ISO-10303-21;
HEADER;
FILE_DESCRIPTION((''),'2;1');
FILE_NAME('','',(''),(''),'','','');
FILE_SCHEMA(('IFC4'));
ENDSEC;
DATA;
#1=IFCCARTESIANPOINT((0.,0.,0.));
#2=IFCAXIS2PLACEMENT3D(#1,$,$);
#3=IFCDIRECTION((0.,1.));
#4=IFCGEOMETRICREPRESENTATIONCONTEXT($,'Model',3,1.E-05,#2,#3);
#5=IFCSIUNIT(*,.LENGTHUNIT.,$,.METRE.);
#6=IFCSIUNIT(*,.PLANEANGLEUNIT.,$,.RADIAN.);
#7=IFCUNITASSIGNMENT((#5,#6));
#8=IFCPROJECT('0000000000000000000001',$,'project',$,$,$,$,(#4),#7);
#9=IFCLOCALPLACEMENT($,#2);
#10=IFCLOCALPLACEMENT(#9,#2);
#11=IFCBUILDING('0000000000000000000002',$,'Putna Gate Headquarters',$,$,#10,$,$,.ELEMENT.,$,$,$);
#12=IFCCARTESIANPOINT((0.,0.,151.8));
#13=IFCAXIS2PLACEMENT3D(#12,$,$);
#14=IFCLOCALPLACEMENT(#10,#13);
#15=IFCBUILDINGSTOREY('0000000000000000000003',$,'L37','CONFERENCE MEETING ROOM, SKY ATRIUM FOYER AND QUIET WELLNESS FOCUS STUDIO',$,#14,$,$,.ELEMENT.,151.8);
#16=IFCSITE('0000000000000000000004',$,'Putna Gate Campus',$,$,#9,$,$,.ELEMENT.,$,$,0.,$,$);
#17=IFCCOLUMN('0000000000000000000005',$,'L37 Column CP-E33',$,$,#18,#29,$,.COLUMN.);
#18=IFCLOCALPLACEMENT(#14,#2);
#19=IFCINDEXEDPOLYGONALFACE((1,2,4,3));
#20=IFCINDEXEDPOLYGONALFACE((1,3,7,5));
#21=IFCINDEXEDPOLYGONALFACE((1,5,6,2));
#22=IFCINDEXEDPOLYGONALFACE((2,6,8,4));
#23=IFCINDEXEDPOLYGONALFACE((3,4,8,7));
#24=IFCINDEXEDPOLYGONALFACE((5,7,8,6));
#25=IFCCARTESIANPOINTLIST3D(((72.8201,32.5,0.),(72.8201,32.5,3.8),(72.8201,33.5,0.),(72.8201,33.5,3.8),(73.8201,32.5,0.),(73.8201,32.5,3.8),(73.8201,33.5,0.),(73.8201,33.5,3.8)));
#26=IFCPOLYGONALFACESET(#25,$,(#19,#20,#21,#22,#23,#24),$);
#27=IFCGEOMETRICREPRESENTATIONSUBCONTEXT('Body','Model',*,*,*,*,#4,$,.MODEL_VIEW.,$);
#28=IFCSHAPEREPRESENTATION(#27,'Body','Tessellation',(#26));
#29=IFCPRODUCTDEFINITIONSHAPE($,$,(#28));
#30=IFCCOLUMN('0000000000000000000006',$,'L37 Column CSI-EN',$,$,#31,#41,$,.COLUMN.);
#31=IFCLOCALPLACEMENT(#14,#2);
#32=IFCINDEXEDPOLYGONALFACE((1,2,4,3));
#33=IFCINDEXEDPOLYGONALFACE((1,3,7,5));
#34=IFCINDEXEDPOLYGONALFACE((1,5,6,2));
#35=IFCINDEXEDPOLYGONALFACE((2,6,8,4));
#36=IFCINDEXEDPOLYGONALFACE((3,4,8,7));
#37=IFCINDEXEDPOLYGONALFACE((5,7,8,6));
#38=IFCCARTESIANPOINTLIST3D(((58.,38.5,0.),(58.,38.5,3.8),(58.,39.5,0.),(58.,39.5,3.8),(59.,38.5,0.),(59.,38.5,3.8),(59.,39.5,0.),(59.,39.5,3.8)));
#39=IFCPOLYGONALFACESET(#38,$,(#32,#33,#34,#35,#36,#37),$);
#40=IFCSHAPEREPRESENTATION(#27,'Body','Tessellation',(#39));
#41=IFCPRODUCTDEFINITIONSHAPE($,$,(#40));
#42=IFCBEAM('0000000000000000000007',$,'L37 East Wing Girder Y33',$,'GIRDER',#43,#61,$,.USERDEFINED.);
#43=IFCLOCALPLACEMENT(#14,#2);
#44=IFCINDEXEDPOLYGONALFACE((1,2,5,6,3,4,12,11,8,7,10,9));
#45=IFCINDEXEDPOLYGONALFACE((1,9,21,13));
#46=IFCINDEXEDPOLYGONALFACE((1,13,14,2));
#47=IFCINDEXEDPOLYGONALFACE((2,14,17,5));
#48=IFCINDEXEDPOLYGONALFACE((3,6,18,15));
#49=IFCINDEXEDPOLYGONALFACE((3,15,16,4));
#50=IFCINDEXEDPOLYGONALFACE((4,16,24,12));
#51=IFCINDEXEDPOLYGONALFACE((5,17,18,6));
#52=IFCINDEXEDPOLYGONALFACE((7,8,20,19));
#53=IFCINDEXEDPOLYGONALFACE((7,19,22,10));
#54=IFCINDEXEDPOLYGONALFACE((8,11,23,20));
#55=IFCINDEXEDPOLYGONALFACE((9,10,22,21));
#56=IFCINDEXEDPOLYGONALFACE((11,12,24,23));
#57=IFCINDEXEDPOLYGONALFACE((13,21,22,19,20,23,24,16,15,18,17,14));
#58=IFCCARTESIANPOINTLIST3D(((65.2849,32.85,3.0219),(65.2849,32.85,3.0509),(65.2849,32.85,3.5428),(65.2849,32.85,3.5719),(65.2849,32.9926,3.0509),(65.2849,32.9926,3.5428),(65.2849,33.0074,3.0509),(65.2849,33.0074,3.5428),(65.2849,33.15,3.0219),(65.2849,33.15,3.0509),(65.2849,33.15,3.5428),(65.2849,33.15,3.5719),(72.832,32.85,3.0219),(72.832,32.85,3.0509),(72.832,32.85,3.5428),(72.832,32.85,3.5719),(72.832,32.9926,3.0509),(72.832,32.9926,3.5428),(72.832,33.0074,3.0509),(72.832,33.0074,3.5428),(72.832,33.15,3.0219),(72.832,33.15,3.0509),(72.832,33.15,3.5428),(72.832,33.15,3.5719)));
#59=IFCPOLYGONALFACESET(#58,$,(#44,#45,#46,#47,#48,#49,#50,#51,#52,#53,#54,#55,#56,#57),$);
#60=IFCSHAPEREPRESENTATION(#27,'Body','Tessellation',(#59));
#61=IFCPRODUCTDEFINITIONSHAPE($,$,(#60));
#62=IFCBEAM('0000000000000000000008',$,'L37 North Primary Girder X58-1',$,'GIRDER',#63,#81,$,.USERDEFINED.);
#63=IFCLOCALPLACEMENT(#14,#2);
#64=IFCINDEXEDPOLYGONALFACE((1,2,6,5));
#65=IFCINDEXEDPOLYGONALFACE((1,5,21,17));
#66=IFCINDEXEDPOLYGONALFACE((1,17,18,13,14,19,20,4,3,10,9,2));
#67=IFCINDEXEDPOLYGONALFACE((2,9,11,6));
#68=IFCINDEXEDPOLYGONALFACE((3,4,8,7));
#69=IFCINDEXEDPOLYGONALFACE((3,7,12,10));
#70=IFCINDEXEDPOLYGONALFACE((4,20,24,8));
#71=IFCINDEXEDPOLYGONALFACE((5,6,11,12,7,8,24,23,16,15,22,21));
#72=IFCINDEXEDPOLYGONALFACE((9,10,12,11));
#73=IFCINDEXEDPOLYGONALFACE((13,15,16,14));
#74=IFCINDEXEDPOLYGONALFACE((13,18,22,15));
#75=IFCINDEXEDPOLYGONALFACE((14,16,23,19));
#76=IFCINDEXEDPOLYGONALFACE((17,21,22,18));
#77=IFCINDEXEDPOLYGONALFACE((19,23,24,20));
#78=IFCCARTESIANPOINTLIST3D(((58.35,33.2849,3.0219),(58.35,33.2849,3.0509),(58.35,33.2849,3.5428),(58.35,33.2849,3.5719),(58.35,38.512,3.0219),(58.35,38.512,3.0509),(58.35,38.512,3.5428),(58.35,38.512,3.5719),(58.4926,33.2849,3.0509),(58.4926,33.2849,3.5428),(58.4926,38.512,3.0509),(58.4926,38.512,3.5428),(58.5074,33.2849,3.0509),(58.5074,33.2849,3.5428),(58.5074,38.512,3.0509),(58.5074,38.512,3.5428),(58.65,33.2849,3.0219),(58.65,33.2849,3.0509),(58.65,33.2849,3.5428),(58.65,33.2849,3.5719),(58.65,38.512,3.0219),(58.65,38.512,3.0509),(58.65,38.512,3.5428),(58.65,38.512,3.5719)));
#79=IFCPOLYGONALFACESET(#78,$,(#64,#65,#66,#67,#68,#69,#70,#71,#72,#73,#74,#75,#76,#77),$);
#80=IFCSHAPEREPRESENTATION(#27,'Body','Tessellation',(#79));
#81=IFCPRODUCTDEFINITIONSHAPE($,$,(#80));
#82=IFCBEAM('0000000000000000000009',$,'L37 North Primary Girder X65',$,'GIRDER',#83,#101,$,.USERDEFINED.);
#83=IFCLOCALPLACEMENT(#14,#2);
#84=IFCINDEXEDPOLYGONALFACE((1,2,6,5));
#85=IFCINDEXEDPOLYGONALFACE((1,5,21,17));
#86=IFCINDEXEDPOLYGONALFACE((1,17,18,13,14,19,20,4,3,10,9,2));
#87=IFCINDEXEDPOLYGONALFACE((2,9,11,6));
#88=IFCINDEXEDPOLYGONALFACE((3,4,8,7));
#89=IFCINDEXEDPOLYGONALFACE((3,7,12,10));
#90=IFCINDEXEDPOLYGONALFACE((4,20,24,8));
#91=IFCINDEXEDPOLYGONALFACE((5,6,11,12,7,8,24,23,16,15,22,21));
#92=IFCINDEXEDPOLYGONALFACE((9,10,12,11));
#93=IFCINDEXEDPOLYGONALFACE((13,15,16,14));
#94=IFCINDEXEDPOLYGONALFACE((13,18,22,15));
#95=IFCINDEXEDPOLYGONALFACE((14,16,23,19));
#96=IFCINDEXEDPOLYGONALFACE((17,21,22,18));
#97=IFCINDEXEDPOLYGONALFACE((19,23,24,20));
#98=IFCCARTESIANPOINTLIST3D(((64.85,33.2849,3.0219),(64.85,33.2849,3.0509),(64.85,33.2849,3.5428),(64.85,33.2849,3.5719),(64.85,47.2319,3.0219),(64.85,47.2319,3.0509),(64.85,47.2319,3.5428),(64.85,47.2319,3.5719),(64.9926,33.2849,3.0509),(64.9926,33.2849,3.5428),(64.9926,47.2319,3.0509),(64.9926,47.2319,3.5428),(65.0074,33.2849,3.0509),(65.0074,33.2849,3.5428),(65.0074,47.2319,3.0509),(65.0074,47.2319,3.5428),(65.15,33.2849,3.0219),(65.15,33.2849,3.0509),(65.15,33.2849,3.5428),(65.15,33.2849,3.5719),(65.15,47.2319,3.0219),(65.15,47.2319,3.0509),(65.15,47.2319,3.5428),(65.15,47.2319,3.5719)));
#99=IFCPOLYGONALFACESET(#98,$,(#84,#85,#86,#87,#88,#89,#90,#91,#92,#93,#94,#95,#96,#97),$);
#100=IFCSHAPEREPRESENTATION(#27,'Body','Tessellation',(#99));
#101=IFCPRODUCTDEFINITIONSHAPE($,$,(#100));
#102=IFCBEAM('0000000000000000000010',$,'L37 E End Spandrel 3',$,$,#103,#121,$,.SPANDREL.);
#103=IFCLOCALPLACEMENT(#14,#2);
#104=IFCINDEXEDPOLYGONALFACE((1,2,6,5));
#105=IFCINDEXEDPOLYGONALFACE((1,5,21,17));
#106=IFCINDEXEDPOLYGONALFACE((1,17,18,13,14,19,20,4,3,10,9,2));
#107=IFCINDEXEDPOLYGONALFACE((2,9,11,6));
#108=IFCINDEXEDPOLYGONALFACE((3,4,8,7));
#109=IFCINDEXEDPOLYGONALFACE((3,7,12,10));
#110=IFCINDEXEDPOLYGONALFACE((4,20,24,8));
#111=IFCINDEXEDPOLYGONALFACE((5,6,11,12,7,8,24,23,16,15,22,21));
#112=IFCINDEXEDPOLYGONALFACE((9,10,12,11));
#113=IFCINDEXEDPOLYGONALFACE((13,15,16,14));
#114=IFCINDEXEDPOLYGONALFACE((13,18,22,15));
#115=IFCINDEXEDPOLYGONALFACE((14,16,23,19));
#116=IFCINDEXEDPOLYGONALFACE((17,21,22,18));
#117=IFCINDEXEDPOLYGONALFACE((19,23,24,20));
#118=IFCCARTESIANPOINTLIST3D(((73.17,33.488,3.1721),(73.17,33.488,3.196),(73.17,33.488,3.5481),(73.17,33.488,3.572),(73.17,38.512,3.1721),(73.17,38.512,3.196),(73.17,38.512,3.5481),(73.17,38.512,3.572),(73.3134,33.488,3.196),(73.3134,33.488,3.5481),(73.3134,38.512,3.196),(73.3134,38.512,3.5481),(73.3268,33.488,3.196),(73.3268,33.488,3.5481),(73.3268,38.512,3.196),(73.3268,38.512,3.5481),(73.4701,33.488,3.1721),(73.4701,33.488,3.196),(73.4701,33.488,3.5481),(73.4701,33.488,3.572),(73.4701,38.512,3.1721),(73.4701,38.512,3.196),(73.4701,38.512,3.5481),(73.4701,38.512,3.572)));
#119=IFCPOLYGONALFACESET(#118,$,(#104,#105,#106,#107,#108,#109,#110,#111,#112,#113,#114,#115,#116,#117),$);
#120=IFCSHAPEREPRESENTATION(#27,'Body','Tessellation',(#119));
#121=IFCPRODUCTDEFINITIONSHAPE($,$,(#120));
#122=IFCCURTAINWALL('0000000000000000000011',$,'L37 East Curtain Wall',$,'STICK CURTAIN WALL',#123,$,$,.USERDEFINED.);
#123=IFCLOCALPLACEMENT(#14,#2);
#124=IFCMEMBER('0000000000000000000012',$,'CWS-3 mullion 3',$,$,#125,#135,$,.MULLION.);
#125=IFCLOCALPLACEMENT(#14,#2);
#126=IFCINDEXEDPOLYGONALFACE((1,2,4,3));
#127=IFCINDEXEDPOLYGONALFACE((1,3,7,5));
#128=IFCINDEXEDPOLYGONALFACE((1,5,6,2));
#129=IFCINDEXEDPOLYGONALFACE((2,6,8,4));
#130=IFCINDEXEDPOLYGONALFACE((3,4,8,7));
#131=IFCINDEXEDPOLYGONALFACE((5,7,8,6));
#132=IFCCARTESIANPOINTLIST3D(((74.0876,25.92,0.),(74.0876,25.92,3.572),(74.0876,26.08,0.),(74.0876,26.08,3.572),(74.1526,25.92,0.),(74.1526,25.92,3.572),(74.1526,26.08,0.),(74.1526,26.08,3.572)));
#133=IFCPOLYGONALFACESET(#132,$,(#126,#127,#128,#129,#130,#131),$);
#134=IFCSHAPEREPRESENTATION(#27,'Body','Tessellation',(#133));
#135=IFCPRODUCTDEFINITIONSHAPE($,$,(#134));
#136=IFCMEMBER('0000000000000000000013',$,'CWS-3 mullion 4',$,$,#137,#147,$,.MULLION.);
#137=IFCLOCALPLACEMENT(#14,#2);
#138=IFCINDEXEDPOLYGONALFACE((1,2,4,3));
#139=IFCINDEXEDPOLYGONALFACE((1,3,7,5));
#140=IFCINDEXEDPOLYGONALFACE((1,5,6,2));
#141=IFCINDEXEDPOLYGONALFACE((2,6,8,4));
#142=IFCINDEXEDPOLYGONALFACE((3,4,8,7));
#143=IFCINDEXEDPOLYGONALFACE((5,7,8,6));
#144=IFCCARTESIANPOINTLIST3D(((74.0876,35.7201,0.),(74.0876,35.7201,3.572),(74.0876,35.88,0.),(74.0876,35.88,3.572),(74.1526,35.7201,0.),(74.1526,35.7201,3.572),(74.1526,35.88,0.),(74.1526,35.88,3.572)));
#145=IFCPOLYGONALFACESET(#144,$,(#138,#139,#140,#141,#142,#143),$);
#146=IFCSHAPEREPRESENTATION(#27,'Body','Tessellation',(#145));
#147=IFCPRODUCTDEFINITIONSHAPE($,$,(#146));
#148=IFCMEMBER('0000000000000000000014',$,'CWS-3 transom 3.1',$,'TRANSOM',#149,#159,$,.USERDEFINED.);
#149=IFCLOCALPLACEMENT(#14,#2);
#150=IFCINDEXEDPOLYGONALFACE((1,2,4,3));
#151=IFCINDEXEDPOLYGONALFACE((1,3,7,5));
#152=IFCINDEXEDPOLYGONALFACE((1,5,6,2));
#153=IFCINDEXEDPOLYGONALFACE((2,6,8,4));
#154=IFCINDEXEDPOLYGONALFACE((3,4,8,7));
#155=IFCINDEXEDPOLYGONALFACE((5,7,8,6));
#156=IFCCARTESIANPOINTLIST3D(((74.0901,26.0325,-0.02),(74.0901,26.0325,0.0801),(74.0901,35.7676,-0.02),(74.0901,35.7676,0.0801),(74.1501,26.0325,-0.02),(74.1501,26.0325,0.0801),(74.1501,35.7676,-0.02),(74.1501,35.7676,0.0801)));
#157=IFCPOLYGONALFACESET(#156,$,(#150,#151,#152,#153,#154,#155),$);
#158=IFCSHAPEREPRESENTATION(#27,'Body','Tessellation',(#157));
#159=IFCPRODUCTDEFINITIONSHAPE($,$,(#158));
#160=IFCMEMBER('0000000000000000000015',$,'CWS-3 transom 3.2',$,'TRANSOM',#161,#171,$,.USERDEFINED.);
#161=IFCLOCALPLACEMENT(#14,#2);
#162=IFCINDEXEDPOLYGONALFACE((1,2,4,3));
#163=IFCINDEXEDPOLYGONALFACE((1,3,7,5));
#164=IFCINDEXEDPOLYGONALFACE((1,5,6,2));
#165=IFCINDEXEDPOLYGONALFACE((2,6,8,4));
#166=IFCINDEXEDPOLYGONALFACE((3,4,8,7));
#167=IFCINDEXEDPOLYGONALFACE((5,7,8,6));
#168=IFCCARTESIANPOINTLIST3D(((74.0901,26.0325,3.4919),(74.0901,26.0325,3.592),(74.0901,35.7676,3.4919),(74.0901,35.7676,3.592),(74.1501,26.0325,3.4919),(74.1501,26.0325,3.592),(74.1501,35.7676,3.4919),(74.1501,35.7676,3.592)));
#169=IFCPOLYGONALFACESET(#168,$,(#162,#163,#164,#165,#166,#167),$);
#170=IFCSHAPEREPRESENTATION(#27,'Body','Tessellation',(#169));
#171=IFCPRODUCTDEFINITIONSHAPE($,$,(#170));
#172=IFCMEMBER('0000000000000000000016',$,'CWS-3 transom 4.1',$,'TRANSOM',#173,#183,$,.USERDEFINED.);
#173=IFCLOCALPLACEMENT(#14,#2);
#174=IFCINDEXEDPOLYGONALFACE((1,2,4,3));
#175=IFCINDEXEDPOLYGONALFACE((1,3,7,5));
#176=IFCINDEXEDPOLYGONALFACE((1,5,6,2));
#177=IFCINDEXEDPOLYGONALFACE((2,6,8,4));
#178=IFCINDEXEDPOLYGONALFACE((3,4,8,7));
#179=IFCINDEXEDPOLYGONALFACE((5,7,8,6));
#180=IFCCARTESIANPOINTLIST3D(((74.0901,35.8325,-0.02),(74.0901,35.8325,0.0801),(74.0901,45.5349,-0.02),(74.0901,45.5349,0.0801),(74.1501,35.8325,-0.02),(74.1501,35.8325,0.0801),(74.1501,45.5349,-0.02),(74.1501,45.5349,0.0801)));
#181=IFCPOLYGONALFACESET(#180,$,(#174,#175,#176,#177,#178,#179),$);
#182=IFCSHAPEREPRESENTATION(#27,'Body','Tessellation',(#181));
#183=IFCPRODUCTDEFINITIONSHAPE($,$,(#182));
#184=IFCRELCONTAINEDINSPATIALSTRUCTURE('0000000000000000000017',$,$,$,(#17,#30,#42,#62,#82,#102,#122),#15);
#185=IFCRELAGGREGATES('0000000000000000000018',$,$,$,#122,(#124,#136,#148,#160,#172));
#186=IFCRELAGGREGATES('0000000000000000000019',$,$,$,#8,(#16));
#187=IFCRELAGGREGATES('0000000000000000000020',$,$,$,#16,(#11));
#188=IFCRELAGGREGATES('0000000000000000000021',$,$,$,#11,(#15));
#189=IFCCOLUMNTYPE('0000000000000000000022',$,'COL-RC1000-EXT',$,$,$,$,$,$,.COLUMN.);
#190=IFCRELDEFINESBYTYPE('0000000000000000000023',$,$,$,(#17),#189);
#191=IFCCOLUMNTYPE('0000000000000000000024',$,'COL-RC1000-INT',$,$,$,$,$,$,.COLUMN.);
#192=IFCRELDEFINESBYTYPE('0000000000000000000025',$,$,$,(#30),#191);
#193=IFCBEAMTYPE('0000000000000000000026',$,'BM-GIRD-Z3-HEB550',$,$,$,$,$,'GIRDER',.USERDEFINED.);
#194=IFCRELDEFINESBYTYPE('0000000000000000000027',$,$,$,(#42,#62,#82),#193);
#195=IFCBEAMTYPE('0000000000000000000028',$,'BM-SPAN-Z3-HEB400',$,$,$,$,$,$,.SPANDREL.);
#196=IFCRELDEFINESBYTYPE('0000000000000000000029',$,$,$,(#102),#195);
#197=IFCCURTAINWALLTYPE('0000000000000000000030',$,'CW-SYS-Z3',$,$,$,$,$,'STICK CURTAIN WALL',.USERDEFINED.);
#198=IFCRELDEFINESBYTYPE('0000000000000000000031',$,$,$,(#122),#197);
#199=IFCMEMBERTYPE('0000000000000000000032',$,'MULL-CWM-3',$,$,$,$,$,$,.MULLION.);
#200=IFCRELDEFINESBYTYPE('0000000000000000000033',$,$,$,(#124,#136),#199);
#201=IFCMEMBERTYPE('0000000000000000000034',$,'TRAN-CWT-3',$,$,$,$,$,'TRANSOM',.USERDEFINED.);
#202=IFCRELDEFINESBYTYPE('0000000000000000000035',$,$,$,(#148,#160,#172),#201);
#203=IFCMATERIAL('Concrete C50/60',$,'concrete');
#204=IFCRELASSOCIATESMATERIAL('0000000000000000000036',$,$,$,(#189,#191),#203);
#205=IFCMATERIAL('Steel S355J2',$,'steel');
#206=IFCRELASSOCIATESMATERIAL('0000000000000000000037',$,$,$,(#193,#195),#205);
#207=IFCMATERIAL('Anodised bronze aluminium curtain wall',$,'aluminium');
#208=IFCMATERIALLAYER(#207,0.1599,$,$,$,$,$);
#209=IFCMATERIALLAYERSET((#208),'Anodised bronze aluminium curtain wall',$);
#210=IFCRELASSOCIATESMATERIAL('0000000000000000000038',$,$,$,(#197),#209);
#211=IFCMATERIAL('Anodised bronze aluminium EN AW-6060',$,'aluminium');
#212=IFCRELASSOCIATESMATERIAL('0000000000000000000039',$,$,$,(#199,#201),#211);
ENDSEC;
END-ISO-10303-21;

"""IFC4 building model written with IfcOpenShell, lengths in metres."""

from ifc_helpers import new_model, si_unit, direction, frame, origin, origin_2d, place, context, subcontext, project, spatial, rectangle, i_section, extrude, material, layer, layer_set, material_profile, profile_set, type_object, element, aggregate, save


model = new_model("IFC4")

# Units and contexts
model_context = context("Model", 3, precision=1e-05, world=origin(), true_north=direction((0.0, 1.0)))
body_context = subcontext(model_context, "Body", "Model", "MODEL_VIEW")
ifc_project = project(units=[si_unit("LENGTHUNIT", "METRE"), si_unit("PLANEANGLEUNIT", "RADIAN")], contexts=[model_context])

# Site, building, storey
site_placement = place(None, origin())
site = spatial("IfcSite", under=ifc_project, at=site_placement, Name="Putna Gate Campus", CompositionType="ELEMENT", RefElevation=0.0)
building_placement = place(site_placement, origin())
building = spatial("IfcBuilding", under=site, at=building_placement, Name="Putna Gate Headquarters", CompositionType="ELEMENT")
storey_placement = place(building_placement, frame((0.0, 0.0, 151.8)))
storey = spatial("IfcBuildingStorey", under=building, at=storey_placement, Name="L37", Description="CONFERENCE MEETING ROOM, SKY ATRIUM FOYER AND QUIET WELLNESS FOCUS STUDIO", CompositionType="ELEMENT", Elevation=151.8)

# Columns
ifc_material_1 = material(Name="Concrete C50/60", Category="concrete")
ifc_material_profile_1 = material_profile(ifc_material_1, rectangle(XDim=1.0, YDim=1.0, at=origin_2d()), Name="Concrete C50/60")
ifc_profile_set_1 = profile_set([ifc_material_profile_1], Name="Concrete C50/60")
column_type_1 = type_object("IfcColumnType", Name="COL-RC1000-EXT", PredefinedType="COLUMN", material=ifc_profile_set_1)
column_1_placement = place(storey_placement, frame((73.3201, 33.0, 0.0), z_axis=(0.0, 0.0, 1.0), x_axis=(1.0, 0.0, 0.0)))
element("IfcColumn", 1, at=column_1_placement, inside=storey, type_object=column_type_1, Name="L37 Column CP-E33", PredefinedType="COLUMN", context=body_context, shape_type="SweptSolid", body=[
    extrude(rectangle(XDim=1.0, YDim=1.0, at=origin_2d()), origin(), (0.0, 0.0, 1.0), 3.8),
])
ifc_material_profile_2 = material_profile(ifc_material_1, rectangle(XDim=1.0, YDim=1.0, at=origin_2d()), Name="Concrete C50/60")
ifc_profile_set_2 = profile_set([ifc_material_profile_2], Name="Concrete C50/60")
column_type_2 = type_object("IfcColumnType", Name="COL-RC1000-INT", PredefinedType="COLUMN", material=ifc_profile_set_2)
column_2_placement = place(storey_placement, frame((58.5, 39.0, 0.0), z_axis=(0.0, 0.0, 1.0), x_axis=(1.0, 0.0, 0.0)))
element("IfcColumn", 2, at=column_2_placement, inside=storey, type_object=column_type_2, Name="L37 Column CSI-EN", PredefinedType="COLUMN", context=body_context, shape_type="SweptSolid", body=[
    extrude(rectangle(XDim=1.0, YDim=1.0, at=origin_2d()), origin(), (0.0, 0.0, 1.0), 3.8),
])

# Beams
ifc_material_2 = material(Name="Steel S355J2", Category="steel")
ifc_material_profile_3 = material_profile(ifc_material_2, i_section(OverallWidth=0.3, OverallDepth=0.55, WebThickness=0.0149, FlangeThickness=0.0291, at=origin_2d()), Name="Steel S355J2")
ifc_profile_set_3 = profile_set([ifc_material_profile_3], Name="Steel S355J2")
beam_type_1 = type_object("IfcBeamType", Name="BM-GIRD-Z3-HEB550", ElementType="GIRDER", PredefinedType="USERDEFINED", material=ifc_profile_set_3)
beam_1_placement = place(storey_placement, frame((65.2849, 33.0, 3.2969), z_axis=(1.0, 0.0, 0.0), x_axis=(0.0, 1.0, 0.0)))
element("IfcBeam", 3, at=beam_1_placement, inside=storey, type_object=beam_type_1, Name="L37 East Wing Girder Y33", ObjectType="GIRDER", PredefinedType="USERDEFINED", context=body_context, shape_type="SweptSolid", body=[
    extrude(i_section(OverallWidth=0.3, OverallDepth=0.55, WebThickness=0.0149, FlangeThickness=0.0291, at=origin_2d()), origin(), (0.0, 0.0, 1.0), 7.5471),
])
beam_2_placement = place(storey_placement, frame((58.5, 33.2849, 3.2969), z_axis=(0.0, 1.0, 0.0), x_axis=(-1.0, 0.0, 0.0)))
element("IfcBeam", 4, at=beam_2_placement, inside=storey, type_object=beam_type_1, Name="L37 North Primary Girder X58-1", ObjectType="GIRDER", PredefinedType="USERDEFINED", context=body_context, shape_type="SweptSolid", body=[
    extrude(i_section(OverallWidth=0.3, OverallDepth=0.55, WebThickness=0.0149, FlangeThickness=0.0291, at=origin_2d()), origin(), (0.0, 0.0, 1.0), 5.2271),
])
beam_3_placement = place(storey_placement, frame((65.0, 33.2849, 3.2969), z_axis=(0.0, 1.0, 0.0), x_axis=(-1.0, 0.0, 0.0)))
element("IfcBeam", 5, at=beam_3_placement, inside=storey, type_object=beam_type_1, Name="L37 North Primary Girder X65", ObjectType="GIRDER", PredefinedType="USERDEFINED", context=body_context, shape_type="SweptSolid", body=[
    extrude(i_section(OverallWidth=0.3, OverallDepth=0.55, WebThickness=0.0149, FlangeThickness=0.0291, at=origin_2d()), origin(), (0.0, 0.0, 1.0), 13.947),
])
ifc_material_profile_4 = material_profile(ifc_material_2, i_section(OverallWidth=0.3, OverallDepth=0.3999, WebThickness=0.0134, FlangeThickness=0.0239, at=origin_2d()), Name="Steel S355J2")
ifc_profile_set_4 = profile_set([ifc_material_profile_4], Name="Steel S355J2")
beam_type_2 = type_object("IfcBeamType", Name="BM-SPAN-Z3-HEB400", PredefinedType="SPANDREL", material=ifc_profile_set_4)
beam_4_placement = place(storey_placement, frame((73.3201, 33.488, 3.3721), z_axis=(0.0, 1.0, 0.0), x_axis=(-1.0, 0.0, 0.0)))
element("IfcBeam", 6, at=beam_4_placement, inside=storey, type_object=beam_type_2, Name="L37 E End Spandrel 3", PredefinedType="SPANDREL", context=body_context, shape_type="SweptSolid", body=[
    extrude(i_section(OverallWidth=0.3, OverallDepth=0.3999, WebThickness=0.0134, FlangeThickness=0.0239, at=origin_2d()), origin(), (0.0, 0.0, 1.0), 5.0239),
])

# Curtain wall, members
ifc_material_3 = material(Name="Anodised bronze aluminium curtain wall", Category="aluminium")
ifc_layer_1 = layer(ifc_material_3, 0.1599)
ifc_layer_set_1 = layer_set([ifc_layer_1], Name="Anodised bronze aluminium curtain wall")
curtain_wall_type = type_object("IfcCurtainWallType", Name="CW-SYS-Z3", ElementType="STICK CURTAIN WALL", PredefinedType="USERDEFINED", material=ifc_layer_set_1)
curtain_wall_placement = place(storey_placement, origin())
curtain_wall = element("IfcCurtainWall", 7, at=curtain_wall_placement, inside=storey, type_object=curtain_wall_type, Name="L37 East Curtain Wall", ObjectType="STICK CURTAIN WALL", PredefinedType="USERDEFINED")
ifc_material_4 = material(Name="Anodised bronze aluminium EN AW-6060", Category="aluminium")
ifc_material_profile_5 = material_profile(ifc_material_4, rectangle(XDim=0.0649, YDim=0.1599, at=origin_2d()), Name="Anodised bronze aluminium EN AW-6060")
ifc_profile_set_5 = profile_set([ifc_material_profile_5], Name="Anodised bronze aluminium EN AW-6060")
member_type_1 = type_object("IfcMemberType", Name="MULL-CWM-3", PredefinedType="MULLION", material=ifc_profile_set_5)
member_1_placement = place(storey_placement, frame((74.1201, 26.0, 0.0), z_axis=(0.0, 0.0, 1.0), x_axis=(-1.0, 0.0, 0.0)))
member_1 = element("IfcMember", 8, at=member_1_placement, type_object=member_type_1, Name="CWS-3 mullion 3", PredefinedType="MULLION", context=body_context, shape_type="SweptSolid", body=[
    extrude(rectangle(XDim=0.0649, YDim=0.1599, at=origin_2d()), origin(), (0.0, 0.0, 1.0), 3.572),
])
member_2_placement = place(storey_placement, frame((74.1201, 35.8, 0.0), z_axis=(0.0, 0.0, 1.0), x_axis=(-1.0, 0.0, 0.0)))
member_2 = element("IfcMember", 9, at=member_2_placement, type_object=member_type_1, Name="CWS-3 mullion 4", PredefinedType="MULLION", context=body_context, shape_type="SweptSolid", body=[
    extrude(rectangle(XDim=0.0649, YDim=0.1599, at=origin_2d()), origin(), (0.0, 0.0, 1.0), 3.572),
])
ifc_material_profile_6 = material_profile(ifc_material_4, rectangle(XDim=0.0601, YDim=0.1001, at=origin_2d()), Name="Anodised bronze aluminium EN AW-6060")
ifc_profile_set_6 = profile_set([ifc_material_profile_6], Name="Anodised bronze aluminium EN AW-6060")
member_type_2 = type_object("IfcMemberType", Name="TRAN-CWT-3", ElementType="TRANSOM", PredefinedType="USERDEFINED", material=ifc_profile_set_6)
member_3_placement = place(storey_placement, frame((74.1201, 26.0325, 0.03), z_axis=(0.0, 1.0, 0.0), x_axis=(-1.0, 0.0, 0.0)))
member_3 = element("IfcMember", 10, at=member_3_placement, type_object=member_type_2, Name="CWS-3 transom 3.1", ObjectType="TRANSOM", PredefinedType="USERDEFINED", context=body_context, shape_type="SweptSolid", body=[
    extrude(rectangle(XDim=0.0601, YDim=0.1001, at=origin_2d()), origin(), (0.0, 0.0, 1.0), 9.7351),
])
member_4_placement = place(storey_placement, frame((74.1201, 26.0325, 3.542), z_axis=(0.0, 1.0, 0.0), x_axis=(-1.0, 0.0, 0.0)))
member_4 = element("IfcMember", 11, at=member_4_placement, type_object=member_type_2, Name="CWS-3 transom 3.2", ObjectType="TRANSOM", PredefinedType="USERDEFINED", context=body_context, shape_type="SweptSolid", body=[
    extrude(rectangle(XDim=0.0601, YDim=0.1001, at=origin_2d()), origin(), (0.0, 0.0, 1.0), 9.7351),
])
member_5_placement = place(storey_placement, frame((74.1201, 35.8325, 0.03), z_axis=(0.0, 1.0, 0.0), x_axis=(-1.0, 0.0, 0.0)))
member_5 = element("IfcMember", 12, at=member_5_placement, type_object=member_type_2, Name="CWS-3 transom 4.1", ObjectType="TRANSOM", PredefinedType="USERDEFINED", context=body_context, shape_type="SweptSolid", body=[
    extrude(rectangle(XDim=0.0601, YDim=0.1001, at=origin_2d()), origin(), (0.0, 0.0, 1.0), 9.7024),
])
aggregate(curtain_wall, [member_1, member_2, member_3, member_4, member_5])

save(model, "model.ifc")
